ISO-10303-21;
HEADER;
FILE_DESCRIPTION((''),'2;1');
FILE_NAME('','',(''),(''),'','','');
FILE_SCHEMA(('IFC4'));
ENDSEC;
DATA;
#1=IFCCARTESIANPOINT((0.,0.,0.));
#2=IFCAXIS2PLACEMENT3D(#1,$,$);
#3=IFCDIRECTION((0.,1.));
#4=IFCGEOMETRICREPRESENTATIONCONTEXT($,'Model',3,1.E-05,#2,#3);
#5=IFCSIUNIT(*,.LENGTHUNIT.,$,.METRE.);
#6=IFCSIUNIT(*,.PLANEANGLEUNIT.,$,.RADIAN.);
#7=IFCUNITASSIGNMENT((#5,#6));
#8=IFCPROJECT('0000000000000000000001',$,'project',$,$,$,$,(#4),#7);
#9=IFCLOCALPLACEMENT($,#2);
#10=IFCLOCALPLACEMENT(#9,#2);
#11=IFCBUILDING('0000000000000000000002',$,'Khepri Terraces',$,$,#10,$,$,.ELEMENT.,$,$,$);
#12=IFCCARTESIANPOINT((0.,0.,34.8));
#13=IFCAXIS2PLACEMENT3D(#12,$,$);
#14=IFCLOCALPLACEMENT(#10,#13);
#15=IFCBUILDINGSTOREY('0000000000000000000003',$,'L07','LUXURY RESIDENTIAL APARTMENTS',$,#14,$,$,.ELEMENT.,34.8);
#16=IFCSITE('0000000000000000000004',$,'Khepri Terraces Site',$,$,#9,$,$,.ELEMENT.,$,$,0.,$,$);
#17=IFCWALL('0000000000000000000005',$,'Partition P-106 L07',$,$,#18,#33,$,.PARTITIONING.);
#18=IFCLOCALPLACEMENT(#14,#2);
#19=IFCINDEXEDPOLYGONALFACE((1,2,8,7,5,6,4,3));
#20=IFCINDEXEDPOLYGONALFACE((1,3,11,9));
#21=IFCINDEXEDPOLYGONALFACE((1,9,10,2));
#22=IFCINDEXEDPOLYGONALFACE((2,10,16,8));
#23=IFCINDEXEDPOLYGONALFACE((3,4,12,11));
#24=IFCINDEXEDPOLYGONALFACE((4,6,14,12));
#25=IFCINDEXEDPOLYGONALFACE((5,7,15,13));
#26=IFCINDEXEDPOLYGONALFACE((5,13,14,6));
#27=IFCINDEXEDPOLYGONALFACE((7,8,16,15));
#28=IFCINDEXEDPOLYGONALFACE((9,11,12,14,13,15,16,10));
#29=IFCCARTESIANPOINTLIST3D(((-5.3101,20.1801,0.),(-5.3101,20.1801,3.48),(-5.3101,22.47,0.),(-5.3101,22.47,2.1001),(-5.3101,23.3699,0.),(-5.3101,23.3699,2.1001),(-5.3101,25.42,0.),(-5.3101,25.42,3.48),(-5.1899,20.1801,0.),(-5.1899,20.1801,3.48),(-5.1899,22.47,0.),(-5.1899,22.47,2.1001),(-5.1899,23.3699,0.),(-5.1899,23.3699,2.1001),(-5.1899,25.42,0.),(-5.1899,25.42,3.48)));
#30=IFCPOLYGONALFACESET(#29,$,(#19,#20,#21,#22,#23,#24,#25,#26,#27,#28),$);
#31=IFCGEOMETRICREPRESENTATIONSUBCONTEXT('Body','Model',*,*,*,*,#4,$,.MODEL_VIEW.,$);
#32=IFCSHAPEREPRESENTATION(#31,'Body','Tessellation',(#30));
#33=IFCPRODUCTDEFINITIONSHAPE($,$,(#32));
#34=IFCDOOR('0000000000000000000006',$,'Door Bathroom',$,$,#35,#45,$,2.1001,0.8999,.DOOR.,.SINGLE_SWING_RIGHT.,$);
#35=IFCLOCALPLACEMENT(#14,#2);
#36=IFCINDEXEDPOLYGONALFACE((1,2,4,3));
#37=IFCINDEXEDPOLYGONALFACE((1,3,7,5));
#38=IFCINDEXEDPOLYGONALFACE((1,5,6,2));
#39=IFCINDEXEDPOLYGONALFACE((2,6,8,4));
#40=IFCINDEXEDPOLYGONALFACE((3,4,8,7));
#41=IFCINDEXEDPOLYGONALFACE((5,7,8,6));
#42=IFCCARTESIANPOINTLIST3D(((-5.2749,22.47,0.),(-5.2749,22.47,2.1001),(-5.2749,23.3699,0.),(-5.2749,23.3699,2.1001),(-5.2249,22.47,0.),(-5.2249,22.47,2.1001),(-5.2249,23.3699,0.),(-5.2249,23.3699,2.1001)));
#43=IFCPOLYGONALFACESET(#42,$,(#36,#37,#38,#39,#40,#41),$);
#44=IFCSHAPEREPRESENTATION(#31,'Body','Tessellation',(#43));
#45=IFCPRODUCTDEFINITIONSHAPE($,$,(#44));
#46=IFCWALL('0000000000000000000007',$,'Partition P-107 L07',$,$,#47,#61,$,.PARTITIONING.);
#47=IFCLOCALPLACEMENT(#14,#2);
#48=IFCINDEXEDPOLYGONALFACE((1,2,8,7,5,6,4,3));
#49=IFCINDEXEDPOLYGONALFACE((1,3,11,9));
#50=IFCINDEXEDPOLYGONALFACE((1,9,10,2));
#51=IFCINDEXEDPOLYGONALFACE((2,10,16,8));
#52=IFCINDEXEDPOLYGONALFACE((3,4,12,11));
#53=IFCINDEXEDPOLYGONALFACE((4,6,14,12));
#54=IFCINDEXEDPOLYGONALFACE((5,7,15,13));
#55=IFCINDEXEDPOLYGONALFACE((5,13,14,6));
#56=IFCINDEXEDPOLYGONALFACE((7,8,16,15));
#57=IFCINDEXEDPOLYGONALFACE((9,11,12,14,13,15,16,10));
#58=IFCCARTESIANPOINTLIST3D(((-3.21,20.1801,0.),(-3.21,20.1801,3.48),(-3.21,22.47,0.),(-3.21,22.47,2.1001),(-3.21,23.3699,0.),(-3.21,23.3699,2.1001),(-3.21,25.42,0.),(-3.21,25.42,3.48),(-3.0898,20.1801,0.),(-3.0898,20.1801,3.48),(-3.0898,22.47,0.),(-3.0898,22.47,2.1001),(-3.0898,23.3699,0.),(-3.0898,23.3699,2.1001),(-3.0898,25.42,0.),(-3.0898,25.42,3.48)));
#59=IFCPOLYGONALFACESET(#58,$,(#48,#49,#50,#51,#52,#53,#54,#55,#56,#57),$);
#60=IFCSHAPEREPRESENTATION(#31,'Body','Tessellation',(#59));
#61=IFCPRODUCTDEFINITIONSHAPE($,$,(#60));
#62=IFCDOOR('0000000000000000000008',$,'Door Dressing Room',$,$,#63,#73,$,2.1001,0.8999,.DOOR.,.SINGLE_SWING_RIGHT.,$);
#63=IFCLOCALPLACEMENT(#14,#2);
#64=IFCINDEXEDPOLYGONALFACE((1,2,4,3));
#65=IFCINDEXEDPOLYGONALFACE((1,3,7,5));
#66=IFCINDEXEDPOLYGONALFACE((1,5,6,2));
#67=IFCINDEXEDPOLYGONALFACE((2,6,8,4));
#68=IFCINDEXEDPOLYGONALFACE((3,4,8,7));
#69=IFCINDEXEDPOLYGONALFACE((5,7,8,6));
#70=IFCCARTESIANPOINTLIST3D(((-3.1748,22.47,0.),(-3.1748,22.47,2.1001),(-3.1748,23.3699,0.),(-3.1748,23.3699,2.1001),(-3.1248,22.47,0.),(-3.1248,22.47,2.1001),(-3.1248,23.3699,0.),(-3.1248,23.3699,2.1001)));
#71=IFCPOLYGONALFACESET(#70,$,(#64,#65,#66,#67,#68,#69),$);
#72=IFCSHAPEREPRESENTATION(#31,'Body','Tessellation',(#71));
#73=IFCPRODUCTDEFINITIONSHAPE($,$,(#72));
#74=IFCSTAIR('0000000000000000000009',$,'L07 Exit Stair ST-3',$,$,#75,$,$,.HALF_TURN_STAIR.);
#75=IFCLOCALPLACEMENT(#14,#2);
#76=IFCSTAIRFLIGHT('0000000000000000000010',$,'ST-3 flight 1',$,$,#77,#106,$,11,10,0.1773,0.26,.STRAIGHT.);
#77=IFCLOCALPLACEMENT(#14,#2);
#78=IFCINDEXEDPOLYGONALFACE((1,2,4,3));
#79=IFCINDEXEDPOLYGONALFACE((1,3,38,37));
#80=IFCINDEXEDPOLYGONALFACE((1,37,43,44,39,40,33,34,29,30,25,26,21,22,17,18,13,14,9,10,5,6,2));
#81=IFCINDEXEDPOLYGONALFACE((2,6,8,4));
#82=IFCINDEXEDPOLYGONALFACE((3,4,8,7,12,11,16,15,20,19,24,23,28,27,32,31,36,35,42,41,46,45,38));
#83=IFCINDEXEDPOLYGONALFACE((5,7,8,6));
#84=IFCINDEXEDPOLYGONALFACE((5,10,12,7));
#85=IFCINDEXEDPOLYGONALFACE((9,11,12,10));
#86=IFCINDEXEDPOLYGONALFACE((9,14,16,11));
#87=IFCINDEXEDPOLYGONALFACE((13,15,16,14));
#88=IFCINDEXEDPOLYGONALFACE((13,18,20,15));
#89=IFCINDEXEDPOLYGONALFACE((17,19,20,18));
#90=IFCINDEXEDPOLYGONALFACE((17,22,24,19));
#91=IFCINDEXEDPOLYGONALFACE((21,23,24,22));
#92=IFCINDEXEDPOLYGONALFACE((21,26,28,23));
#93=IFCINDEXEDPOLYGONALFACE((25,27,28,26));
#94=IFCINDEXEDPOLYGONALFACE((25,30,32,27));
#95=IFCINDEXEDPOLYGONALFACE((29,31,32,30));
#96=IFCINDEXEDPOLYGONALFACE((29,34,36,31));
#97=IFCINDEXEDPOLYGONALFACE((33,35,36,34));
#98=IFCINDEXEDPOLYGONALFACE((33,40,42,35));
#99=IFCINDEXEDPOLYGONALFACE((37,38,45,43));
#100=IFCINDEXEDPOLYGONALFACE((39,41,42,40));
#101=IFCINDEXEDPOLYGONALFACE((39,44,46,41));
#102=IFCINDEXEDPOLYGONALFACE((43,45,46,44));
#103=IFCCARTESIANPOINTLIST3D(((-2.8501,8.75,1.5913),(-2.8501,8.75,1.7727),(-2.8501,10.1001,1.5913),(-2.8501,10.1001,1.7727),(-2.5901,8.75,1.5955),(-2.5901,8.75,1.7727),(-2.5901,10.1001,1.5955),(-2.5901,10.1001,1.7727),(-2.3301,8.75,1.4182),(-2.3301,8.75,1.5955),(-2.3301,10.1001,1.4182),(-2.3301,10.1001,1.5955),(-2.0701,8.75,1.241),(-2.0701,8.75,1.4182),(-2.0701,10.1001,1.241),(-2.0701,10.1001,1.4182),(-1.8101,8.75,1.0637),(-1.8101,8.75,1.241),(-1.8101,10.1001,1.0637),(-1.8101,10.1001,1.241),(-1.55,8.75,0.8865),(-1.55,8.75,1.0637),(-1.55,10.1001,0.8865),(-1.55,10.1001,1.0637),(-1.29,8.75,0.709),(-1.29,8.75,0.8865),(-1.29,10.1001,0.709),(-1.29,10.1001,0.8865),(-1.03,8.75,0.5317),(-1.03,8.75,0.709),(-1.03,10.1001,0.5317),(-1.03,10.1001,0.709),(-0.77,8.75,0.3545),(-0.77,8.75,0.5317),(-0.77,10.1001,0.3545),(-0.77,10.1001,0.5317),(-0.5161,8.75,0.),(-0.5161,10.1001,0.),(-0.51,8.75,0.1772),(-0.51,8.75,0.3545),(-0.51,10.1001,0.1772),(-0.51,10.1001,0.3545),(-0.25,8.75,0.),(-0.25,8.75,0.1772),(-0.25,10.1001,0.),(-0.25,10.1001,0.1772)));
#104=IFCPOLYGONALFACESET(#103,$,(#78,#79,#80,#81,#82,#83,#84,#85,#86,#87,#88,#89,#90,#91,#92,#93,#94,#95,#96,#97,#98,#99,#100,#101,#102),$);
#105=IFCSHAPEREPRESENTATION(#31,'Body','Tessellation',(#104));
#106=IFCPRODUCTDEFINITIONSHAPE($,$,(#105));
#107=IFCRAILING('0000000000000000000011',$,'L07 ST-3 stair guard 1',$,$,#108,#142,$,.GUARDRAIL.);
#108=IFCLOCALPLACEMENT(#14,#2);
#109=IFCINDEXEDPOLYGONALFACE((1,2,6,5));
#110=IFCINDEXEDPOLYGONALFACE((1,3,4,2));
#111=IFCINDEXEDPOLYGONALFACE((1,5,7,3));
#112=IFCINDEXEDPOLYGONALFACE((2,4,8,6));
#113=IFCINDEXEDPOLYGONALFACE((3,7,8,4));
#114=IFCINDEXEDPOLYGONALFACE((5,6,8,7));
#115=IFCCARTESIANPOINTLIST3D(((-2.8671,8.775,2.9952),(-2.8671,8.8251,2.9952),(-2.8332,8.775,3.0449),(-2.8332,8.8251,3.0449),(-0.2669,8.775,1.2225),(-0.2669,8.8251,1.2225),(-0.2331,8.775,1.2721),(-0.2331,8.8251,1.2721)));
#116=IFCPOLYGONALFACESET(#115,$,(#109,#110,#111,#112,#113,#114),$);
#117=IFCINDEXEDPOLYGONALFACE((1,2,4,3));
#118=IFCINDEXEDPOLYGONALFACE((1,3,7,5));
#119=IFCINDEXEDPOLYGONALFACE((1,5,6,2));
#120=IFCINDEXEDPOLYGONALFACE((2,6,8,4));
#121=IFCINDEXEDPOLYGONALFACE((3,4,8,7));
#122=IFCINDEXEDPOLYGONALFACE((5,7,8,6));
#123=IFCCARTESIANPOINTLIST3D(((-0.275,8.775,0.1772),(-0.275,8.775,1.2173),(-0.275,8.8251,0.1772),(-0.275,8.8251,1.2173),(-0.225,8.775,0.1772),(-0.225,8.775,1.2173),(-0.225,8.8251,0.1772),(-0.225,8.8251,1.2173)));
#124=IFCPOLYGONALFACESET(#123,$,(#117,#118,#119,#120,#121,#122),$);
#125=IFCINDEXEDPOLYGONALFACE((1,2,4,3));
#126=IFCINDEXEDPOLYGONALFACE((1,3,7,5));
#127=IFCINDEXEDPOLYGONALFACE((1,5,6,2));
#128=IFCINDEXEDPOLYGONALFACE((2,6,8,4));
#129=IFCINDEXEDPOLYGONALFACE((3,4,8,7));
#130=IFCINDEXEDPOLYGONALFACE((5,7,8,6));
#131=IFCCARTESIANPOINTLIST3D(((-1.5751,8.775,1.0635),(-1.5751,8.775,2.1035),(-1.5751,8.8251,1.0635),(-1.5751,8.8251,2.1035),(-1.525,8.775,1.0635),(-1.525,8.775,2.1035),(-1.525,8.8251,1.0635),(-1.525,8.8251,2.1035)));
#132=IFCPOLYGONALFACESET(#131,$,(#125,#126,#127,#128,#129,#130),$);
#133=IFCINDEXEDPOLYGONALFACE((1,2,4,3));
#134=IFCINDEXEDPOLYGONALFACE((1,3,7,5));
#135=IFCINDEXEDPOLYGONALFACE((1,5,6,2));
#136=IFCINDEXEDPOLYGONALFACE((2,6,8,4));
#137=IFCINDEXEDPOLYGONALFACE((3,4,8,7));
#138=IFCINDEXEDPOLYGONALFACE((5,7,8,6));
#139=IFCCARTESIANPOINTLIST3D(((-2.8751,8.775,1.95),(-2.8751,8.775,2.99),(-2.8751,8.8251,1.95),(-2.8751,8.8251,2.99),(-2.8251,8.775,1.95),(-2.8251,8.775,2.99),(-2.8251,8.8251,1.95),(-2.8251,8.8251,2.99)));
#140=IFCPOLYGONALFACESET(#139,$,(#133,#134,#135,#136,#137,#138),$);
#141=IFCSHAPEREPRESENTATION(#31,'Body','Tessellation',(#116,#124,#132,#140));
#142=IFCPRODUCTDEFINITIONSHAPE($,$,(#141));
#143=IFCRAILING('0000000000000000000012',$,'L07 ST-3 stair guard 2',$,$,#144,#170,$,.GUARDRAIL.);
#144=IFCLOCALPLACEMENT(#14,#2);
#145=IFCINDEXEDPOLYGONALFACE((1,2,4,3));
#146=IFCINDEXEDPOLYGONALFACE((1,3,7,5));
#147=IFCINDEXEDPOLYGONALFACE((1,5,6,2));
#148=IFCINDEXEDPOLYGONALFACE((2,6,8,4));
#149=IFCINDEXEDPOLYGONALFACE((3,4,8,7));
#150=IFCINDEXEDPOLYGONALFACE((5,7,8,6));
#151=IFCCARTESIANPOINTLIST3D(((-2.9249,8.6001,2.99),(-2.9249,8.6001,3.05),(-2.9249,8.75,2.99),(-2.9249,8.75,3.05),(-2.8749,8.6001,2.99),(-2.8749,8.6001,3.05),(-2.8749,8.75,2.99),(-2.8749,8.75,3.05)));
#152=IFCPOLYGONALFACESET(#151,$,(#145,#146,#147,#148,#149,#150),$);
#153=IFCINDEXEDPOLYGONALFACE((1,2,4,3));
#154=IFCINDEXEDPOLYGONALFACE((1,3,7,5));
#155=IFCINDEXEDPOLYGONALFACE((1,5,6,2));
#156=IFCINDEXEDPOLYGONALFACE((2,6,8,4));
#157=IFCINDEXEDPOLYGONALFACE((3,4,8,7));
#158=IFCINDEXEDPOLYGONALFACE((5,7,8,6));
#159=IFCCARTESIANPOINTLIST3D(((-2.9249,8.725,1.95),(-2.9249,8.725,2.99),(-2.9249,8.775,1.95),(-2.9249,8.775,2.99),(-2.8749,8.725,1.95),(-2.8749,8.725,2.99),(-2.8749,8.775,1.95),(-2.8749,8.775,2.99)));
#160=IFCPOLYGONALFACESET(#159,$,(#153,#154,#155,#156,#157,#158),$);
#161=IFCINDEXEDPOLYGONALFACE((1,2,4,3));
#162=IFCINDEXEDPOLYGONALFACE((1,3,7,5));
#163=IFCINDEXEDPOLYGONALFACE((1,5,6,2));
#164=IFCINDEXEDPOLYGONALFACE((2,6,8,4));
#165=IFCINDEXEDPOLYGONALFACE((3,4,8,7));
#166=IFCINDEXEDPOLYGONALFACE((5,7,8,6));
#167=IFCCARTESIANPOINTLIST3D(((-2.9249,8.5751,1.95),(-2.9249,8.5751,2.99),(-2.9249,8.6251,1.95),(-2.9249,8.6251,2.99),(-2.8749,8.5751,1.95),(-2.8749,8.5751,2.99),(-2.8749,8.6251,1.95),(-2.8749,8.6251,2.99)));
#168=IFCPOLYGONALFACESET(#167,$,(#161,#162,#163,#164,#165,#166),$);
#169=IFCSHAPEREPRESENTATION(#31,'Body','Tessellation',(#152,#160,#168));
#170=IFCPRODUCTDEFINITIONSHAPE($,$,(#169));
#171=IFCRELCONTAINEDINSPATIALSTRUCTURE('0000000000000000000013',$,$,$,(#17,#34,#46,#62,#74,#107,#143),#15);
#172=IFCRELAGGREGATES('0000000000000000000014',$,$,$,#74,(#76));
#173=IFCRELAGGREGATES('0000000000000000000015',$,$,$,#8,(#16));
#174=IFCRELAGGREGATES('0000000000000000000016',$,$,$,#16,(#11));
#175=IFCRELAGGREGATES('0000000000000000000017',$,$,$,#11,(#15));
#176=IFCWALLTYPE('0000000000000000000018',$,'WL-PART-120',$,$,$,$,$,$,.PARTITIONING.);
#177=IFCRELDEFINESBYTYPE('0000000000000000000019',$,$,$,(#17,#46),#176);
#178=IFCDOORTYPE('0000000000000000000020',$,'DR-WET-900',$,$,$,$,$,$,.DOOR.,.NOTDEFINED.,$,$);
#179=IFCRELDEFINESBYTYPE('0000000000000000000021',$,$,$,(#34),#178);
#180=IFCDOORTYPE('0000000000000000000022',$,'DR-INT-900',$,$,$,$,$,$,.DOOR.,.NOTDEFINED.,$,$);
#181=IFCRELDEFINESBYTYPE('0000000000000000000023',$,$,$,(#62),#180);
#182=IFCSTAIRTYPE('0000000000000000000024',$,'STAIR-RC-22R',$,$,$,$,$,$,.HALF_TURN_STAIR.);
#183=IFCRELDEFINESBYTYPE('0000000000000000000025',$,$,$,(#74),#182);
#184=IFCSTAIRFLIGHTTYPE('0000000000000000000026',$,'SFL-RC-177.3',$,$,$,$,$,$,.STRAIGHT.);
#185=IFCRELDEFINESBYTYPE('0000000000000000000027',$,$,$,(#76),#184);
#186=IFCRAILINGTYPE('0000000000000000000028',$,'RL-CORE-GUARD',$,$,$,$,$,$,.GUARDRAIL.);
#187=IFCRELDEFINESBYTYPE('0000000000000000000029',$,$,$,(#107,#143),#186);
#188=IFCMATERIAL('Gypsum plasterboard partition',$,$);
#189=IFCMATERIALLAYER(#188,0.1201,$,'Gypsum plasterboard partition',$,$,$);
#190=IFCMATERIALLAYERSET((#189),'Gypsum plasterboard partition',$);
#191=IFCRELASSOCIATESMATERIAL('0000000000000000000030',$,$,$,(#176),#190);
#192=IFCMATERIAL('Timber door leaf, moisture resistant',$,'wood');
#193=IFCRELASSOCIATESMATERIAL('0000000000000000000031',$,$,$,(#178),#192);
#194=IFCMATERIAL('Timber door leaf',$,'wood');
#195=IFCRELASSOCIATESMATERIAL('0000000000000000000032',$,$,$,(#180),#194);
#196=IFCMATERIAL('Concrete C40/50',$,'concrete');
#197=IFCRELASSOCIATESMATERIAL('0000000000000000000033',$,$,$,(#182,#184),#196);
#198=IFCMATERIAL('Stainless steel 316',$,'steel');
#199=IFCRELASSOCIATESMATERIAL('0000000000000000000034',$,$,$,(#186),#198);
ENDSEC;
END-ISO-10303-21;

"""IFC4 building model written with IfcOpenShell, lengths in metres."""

from ifc_helpers import new_model, si_unit, direction, frame, frame_2d, origin, origin_2d, place, context, subcontext, project, spatial, polyline, rectangle, outline, extrude, material, layer, layer_set, type_object, element, fill, aggregate, save


model = new_model("IFC4")

# Units and contexts
model_context = context("Model", 3, precision=1e-05, world=origin(), true_north=direction((0.0, 1.0)))
body_context = subcontext(model_context, "Body", "Model", "MODEL_VIEW")
ifc_project = project(units=[si_unit("LENGTHUNIT", "METRE"), si_unit("PLANEANGLEUNIT", "RADIAN")], contexts=[model_context])

# Site, building, storey
site_placement = place(None, origin())
site = spatial("IfcSite", under=ifc_project, at=site_placement, Name="Khepri Terraces Site", CompositionType="ELEMENT", RefElevation=0.0)
building_placement = place(site_placement, origin())
building = spatial("IfcBuilding", under=site, at=building_placement, Name="Khepri Terraces", CompositionType="ELEMENT")
storey_placement = place(building_placement, frame((0.0, 0.0, 34.8)))
storey = spatial("IfcBuildingStorey", under=building, at=storey_placement, Name="L07", Description="LUXURY RESIDENTIAL APARTMENTS", CompositionType="ELEMENT", Elevation=34.8)

# Shared definitions
ifc_material_1 = material(Name="Gypsum plasterboard partition")
ifc_layer_1 = layer(ifc_material_1, 0.1201, Name="Gypsum plasterboard partition")
ifc_layer_set_1 = layer_set([ifc_layer_1], Name="Gypsum plasterboard partition")
wall_type_1 = type_object("IfcWallType", Name="WL-PART-120", PredefinedType="PARTITIONING", material=ifc_layer_set_1)

# Walls, openings, doors
wall_1_placement = place(storey_placement, frame((-5.25, 20.1799, 0.0), z_axis=(0.0, 0.0, 1.0), x_axis=(0.0, 1.0, 0.0)))
wall_1 = element("IfcWall", 1, at=wall_1_placement, inside=storey, type_object=wall_type_1, Name="Partition P-106 L07", PredefinedType="PARTITIONING", context=body_context, shape_type="SweptSolid", body=[
    extrude(rectangle(XDim=5.24, YDim=0.1201, at=frame_2d((2.6201, 0.0))), origin(), (0.0, 0.0, 1.0), 3.48),
])
opening_1_placement = place(wall_1_placement, frame((2.29, 0.0, 0.0)))
opening_1 = element("IfcOpeningElement", 2, at=opening_1_placement, cuts=wall_1, PredefinedType="OPENING", context=body_context, shape_type="SweptSolid", body=[
    extrude(rectangle(XDim=0.8999, YDim=2.1001, at=frame_2d((0.45, 1.05))), frame((0.0, 0.0701, 0.0), z_axis=(0.0, -1.0, 0.0), x_axis=(1.0, 0.0, 0.0)), (0.0, 0.0, 1.0), 0.1401),
])
ifc_material_2 = material(Name="Timber door leaf, moisture resistant", Category="wood")
door_type_1 = type_object("IfcDoorType", Name="DR-WET-900", OperationType="NOTDEFINED", PredefinedType="DOOR", material=ifc_material_2)
door_1_placement = place(opening_1_placement, origin())
door_1 = element("IfcDoor", 3, at=door_1_placement, inside=storey, type_object=door_type_1, Name="Door Bathroom", OperationType="SINGLE_SWING_RIGHT", OverallHeight=2.1001, OverallWidth=0.8999, PredefinedType="DOOR", context=body_context, shape_type="SweptSolid", body=[
    extrude(rectangle(XDim=0.8999, YDim=2.1001, at=frame_2d((0.45, 1.05))), frame((0.0, 0.0249, 0.0), z_axis=(0.0, -1.0, 0.0), x_axis=(1.0, 0.0, 0.0)), (0.0, 0.0, 1.0), 0.05),
])
fill(opening_1, door_1)
wall_2_placement = place(storey_placement, frame((-3.1499, 20.1799, 0.0), z_axis=(0.0, 0.0, 1.0), x_axis=(0.0, 1.0, 0.0)))
wall_2 = element("IfcWall", 4, at=wall_2_placement, inside=storey, type_object=wall_type_1, Name="Partition P-107 L07", PredefinedType="PARTITIONING", context=body_context, shape_type="SweptSolid", body=[
    extrude(rectangle(XDim=5.24, YDim=0.1201, at=frame_2d((2.6201, 0.0))), origin(), (0.0, 0.0, 1.0), 3.48),
])
opening_2_placement = place(wall_2_placement, frame((2.29, 0.0, 0.0)))
opening_2 = element("IfcOpeningElement", 5, at=opening_2_placement, cuts=wall_2, PredefinedType="OPENING", context=body_context, shape_type="SweptSolid", body=[
    extrude(rectangle(XDim=0.8999, YDim=2.1001, at=frame_2d((0.45, 1.05))), frame((0.0, 0.0701, 0.0), z_axis=(0.0, -1.0, 0.0), x_axis=(1.0, 0.0, 0.0)), (0.0, 0.0, 1.0), 0.1401),
])
ifc_material_3 = material(Name="Timber door leaf", Category="wood")
door_type_2 = type_object("IfcDoorType", Name="DR-INT-900", OperationType="NOTDEFINED", PredefinedType="DOOR", material=ifc_material_3)
door_2_placement = place(opening_2_placement, origin())
door_2 = element("IfcDoor", 6, at=door_2_placement, inside=storey, type_object=door_type_2, Name="Door Dressing Room", OperationType="SINGLE_SWING_RIGHT", OverallHeight=2.1001, OverallWidth=0.8999, PredefinedType="DOOR", context=body_context, shape_type="SweptSolid", body=[
    extrude(rectangle(XDim=0.8999, YDim=2.1001, at=frame_2d((0.45, 1.05))), frame((0.0, 0.0249, 0.0), z_axis=(0.0, -1.0, 0.0), x_axis=(1.0, 0.0, 0.0)), (0.0, 0.0, 1.0), 0.05),
])
fill(opening_2, door_2)

# Stair, stair flight
ifc_material_4 = material(Name="Concrete C40/50", Category="concrete")
stair_type = type_object("IfcStairType", Name="STAIR-RC-22R", PredefinedType="HALF_TURN_STAIR", material=ifc_material_4)
stair_placement = place(storey_placement, origin())
stair = element("IfcStair", 7, at=stair_placement, inside=storey, type_object=stair_type, Name="L07 Exit Stair ST-3", PredefinedType="HALF_TURN_STAIR")
stair_flight_type = type_object("IfcStairFlightType", Name="SFL-RC-177.3", PredefinedType="STRAIGHT", material=ifc_material_4)
stair_flight_placement = place(storey_placement, frame((-0.25, 9.425, 0.0), z_axis=(0.0, 0.0, 1.0), x_axis=(-1.0, 0.0, 0.0)))
stair_flight = element("IfcStairFlight", 8, at=stair_flight_placement, type_object=stair_flight_type, Name="ST-3 flight 1", NumberOfRisers=11, NumberOfTreads=10, PredefinedType="STRAIGHT", RiserHeight=0.1773, TreadLength=0.26, context=body_context, shape_type="SweptSolid", body=[
    extrude(outline(polyline([(0.0, 0.0), (0.0, 0.1772), (0.26, 0.1772), (0.26, 0.3545), (0.52, 0.3545), (0.52, 0.5317), (0.78, 0.5317), (0.78, 0.709), (1.04, 0.709), (1.04, 0.8865), (1.3, 0.8865), (1.3, 1.0637), (1.5601, 1.0637), (1.5601, 1.241), (1.8201, 1.241), (1.8201, 1.4182), (2.0801, 1.4182), (2.0801, 1.5955), (2.3401, 1.5955), (2.3401, 1.7727), (2.6001, 1.7727), (2.6001, 1.95), (2.6001, 1.5913), (0.2661, 0.0), (0.0, 0.0)])), frame((0.0, 0.675, 0.0), z_axis=(0.0, -1.0, 0.0), x_axis=(1.0, 0.0, 0.0)), (0.0, 0.0, 1.0), 1.3501),
])
aggregate(stair, [stair_flight])

# Railings
ifc_material_5 = material(Name="Stainless steel 316", Category="steel")
railing_type_1 = type_object("IfcRailingType", Name="RL-CORE-GUARD", PredefinedType="GUARDRAIL", material=ifc_material_5)
railing_1_placement = place(storey_placement, frame((-0.25, 8.8, 0.1772)))
element("IfcRailing", 9, at=railing_1_placement, inside=storey, type_object=railing_type_1, Name="L07 ST-3 stair guard 1", PredefinedType="GUARDRAIL", context=body_context, shape_type="SweptSolid", body=[
    extrude(rectangle(XDim=0.05, YDim=0.0601, at=origin_2d()), frame((0.0, 0.0, 1.0701), z_axis=(-0.82624, 0.0, 0.563318), x_axis=(0.0, -1.0, 0.0)), (0.0, 0.0, 1.0), 3.147),
    extrude(rectangle(XDim=0.05, YDim=0.05, at=origin_2d()), origin(), (0.0, 0.0, 1.0), 1.04),
    extrude(rectangle(XDim=0.05, YDim=0.05, at=origin_2d()), frame((-1.3, 0.0, 0.8862)), (0.0, 0.0, 1.0), 1.04),
    extrude(rectangle(XDim=0.05, YDim=0.05, at=origin_2d()), frame((-2.6001, 0.0, 1.7727)), (0.0, 0.0, 1.0), 1.04),
])
railing_2_placement = place(storey_placement, frame((-2.8999, 8.75, 1.95)))
element("IfcRailing", 10, at=railing_2_placement, inside=storey, type_object=railing_type_1, Name="L07 ST-3 stair guard 2", PredefinedType="GUARDRAIL", context=body_context, shape_type="SweptSolid", body=[
    extrude(rectangle(XDim=0.05, YDim=0.0601, at=origin_2d()), frame((0.0, 0.0, 1.0701), z_axis=(0.0, -1.0, 0.0), x_axis=(1.0, 0.0, 0.0)), (0.0, 0.0, 1.0), 0.1499),
    extrude(rectangle(XDim=0.05, YDim=0.05, at=origin_2d()), origin(), (0.0, 0.0, 1.0), 1.04),
    extrude(rectangle(XDim=0.05, YDim=0.05, at=origin_2d()), frame((0.0, -0.1499, 0.0)), (0.0, 0.0, 1.0), 1.04),
])

save(model, "model.ifc")
